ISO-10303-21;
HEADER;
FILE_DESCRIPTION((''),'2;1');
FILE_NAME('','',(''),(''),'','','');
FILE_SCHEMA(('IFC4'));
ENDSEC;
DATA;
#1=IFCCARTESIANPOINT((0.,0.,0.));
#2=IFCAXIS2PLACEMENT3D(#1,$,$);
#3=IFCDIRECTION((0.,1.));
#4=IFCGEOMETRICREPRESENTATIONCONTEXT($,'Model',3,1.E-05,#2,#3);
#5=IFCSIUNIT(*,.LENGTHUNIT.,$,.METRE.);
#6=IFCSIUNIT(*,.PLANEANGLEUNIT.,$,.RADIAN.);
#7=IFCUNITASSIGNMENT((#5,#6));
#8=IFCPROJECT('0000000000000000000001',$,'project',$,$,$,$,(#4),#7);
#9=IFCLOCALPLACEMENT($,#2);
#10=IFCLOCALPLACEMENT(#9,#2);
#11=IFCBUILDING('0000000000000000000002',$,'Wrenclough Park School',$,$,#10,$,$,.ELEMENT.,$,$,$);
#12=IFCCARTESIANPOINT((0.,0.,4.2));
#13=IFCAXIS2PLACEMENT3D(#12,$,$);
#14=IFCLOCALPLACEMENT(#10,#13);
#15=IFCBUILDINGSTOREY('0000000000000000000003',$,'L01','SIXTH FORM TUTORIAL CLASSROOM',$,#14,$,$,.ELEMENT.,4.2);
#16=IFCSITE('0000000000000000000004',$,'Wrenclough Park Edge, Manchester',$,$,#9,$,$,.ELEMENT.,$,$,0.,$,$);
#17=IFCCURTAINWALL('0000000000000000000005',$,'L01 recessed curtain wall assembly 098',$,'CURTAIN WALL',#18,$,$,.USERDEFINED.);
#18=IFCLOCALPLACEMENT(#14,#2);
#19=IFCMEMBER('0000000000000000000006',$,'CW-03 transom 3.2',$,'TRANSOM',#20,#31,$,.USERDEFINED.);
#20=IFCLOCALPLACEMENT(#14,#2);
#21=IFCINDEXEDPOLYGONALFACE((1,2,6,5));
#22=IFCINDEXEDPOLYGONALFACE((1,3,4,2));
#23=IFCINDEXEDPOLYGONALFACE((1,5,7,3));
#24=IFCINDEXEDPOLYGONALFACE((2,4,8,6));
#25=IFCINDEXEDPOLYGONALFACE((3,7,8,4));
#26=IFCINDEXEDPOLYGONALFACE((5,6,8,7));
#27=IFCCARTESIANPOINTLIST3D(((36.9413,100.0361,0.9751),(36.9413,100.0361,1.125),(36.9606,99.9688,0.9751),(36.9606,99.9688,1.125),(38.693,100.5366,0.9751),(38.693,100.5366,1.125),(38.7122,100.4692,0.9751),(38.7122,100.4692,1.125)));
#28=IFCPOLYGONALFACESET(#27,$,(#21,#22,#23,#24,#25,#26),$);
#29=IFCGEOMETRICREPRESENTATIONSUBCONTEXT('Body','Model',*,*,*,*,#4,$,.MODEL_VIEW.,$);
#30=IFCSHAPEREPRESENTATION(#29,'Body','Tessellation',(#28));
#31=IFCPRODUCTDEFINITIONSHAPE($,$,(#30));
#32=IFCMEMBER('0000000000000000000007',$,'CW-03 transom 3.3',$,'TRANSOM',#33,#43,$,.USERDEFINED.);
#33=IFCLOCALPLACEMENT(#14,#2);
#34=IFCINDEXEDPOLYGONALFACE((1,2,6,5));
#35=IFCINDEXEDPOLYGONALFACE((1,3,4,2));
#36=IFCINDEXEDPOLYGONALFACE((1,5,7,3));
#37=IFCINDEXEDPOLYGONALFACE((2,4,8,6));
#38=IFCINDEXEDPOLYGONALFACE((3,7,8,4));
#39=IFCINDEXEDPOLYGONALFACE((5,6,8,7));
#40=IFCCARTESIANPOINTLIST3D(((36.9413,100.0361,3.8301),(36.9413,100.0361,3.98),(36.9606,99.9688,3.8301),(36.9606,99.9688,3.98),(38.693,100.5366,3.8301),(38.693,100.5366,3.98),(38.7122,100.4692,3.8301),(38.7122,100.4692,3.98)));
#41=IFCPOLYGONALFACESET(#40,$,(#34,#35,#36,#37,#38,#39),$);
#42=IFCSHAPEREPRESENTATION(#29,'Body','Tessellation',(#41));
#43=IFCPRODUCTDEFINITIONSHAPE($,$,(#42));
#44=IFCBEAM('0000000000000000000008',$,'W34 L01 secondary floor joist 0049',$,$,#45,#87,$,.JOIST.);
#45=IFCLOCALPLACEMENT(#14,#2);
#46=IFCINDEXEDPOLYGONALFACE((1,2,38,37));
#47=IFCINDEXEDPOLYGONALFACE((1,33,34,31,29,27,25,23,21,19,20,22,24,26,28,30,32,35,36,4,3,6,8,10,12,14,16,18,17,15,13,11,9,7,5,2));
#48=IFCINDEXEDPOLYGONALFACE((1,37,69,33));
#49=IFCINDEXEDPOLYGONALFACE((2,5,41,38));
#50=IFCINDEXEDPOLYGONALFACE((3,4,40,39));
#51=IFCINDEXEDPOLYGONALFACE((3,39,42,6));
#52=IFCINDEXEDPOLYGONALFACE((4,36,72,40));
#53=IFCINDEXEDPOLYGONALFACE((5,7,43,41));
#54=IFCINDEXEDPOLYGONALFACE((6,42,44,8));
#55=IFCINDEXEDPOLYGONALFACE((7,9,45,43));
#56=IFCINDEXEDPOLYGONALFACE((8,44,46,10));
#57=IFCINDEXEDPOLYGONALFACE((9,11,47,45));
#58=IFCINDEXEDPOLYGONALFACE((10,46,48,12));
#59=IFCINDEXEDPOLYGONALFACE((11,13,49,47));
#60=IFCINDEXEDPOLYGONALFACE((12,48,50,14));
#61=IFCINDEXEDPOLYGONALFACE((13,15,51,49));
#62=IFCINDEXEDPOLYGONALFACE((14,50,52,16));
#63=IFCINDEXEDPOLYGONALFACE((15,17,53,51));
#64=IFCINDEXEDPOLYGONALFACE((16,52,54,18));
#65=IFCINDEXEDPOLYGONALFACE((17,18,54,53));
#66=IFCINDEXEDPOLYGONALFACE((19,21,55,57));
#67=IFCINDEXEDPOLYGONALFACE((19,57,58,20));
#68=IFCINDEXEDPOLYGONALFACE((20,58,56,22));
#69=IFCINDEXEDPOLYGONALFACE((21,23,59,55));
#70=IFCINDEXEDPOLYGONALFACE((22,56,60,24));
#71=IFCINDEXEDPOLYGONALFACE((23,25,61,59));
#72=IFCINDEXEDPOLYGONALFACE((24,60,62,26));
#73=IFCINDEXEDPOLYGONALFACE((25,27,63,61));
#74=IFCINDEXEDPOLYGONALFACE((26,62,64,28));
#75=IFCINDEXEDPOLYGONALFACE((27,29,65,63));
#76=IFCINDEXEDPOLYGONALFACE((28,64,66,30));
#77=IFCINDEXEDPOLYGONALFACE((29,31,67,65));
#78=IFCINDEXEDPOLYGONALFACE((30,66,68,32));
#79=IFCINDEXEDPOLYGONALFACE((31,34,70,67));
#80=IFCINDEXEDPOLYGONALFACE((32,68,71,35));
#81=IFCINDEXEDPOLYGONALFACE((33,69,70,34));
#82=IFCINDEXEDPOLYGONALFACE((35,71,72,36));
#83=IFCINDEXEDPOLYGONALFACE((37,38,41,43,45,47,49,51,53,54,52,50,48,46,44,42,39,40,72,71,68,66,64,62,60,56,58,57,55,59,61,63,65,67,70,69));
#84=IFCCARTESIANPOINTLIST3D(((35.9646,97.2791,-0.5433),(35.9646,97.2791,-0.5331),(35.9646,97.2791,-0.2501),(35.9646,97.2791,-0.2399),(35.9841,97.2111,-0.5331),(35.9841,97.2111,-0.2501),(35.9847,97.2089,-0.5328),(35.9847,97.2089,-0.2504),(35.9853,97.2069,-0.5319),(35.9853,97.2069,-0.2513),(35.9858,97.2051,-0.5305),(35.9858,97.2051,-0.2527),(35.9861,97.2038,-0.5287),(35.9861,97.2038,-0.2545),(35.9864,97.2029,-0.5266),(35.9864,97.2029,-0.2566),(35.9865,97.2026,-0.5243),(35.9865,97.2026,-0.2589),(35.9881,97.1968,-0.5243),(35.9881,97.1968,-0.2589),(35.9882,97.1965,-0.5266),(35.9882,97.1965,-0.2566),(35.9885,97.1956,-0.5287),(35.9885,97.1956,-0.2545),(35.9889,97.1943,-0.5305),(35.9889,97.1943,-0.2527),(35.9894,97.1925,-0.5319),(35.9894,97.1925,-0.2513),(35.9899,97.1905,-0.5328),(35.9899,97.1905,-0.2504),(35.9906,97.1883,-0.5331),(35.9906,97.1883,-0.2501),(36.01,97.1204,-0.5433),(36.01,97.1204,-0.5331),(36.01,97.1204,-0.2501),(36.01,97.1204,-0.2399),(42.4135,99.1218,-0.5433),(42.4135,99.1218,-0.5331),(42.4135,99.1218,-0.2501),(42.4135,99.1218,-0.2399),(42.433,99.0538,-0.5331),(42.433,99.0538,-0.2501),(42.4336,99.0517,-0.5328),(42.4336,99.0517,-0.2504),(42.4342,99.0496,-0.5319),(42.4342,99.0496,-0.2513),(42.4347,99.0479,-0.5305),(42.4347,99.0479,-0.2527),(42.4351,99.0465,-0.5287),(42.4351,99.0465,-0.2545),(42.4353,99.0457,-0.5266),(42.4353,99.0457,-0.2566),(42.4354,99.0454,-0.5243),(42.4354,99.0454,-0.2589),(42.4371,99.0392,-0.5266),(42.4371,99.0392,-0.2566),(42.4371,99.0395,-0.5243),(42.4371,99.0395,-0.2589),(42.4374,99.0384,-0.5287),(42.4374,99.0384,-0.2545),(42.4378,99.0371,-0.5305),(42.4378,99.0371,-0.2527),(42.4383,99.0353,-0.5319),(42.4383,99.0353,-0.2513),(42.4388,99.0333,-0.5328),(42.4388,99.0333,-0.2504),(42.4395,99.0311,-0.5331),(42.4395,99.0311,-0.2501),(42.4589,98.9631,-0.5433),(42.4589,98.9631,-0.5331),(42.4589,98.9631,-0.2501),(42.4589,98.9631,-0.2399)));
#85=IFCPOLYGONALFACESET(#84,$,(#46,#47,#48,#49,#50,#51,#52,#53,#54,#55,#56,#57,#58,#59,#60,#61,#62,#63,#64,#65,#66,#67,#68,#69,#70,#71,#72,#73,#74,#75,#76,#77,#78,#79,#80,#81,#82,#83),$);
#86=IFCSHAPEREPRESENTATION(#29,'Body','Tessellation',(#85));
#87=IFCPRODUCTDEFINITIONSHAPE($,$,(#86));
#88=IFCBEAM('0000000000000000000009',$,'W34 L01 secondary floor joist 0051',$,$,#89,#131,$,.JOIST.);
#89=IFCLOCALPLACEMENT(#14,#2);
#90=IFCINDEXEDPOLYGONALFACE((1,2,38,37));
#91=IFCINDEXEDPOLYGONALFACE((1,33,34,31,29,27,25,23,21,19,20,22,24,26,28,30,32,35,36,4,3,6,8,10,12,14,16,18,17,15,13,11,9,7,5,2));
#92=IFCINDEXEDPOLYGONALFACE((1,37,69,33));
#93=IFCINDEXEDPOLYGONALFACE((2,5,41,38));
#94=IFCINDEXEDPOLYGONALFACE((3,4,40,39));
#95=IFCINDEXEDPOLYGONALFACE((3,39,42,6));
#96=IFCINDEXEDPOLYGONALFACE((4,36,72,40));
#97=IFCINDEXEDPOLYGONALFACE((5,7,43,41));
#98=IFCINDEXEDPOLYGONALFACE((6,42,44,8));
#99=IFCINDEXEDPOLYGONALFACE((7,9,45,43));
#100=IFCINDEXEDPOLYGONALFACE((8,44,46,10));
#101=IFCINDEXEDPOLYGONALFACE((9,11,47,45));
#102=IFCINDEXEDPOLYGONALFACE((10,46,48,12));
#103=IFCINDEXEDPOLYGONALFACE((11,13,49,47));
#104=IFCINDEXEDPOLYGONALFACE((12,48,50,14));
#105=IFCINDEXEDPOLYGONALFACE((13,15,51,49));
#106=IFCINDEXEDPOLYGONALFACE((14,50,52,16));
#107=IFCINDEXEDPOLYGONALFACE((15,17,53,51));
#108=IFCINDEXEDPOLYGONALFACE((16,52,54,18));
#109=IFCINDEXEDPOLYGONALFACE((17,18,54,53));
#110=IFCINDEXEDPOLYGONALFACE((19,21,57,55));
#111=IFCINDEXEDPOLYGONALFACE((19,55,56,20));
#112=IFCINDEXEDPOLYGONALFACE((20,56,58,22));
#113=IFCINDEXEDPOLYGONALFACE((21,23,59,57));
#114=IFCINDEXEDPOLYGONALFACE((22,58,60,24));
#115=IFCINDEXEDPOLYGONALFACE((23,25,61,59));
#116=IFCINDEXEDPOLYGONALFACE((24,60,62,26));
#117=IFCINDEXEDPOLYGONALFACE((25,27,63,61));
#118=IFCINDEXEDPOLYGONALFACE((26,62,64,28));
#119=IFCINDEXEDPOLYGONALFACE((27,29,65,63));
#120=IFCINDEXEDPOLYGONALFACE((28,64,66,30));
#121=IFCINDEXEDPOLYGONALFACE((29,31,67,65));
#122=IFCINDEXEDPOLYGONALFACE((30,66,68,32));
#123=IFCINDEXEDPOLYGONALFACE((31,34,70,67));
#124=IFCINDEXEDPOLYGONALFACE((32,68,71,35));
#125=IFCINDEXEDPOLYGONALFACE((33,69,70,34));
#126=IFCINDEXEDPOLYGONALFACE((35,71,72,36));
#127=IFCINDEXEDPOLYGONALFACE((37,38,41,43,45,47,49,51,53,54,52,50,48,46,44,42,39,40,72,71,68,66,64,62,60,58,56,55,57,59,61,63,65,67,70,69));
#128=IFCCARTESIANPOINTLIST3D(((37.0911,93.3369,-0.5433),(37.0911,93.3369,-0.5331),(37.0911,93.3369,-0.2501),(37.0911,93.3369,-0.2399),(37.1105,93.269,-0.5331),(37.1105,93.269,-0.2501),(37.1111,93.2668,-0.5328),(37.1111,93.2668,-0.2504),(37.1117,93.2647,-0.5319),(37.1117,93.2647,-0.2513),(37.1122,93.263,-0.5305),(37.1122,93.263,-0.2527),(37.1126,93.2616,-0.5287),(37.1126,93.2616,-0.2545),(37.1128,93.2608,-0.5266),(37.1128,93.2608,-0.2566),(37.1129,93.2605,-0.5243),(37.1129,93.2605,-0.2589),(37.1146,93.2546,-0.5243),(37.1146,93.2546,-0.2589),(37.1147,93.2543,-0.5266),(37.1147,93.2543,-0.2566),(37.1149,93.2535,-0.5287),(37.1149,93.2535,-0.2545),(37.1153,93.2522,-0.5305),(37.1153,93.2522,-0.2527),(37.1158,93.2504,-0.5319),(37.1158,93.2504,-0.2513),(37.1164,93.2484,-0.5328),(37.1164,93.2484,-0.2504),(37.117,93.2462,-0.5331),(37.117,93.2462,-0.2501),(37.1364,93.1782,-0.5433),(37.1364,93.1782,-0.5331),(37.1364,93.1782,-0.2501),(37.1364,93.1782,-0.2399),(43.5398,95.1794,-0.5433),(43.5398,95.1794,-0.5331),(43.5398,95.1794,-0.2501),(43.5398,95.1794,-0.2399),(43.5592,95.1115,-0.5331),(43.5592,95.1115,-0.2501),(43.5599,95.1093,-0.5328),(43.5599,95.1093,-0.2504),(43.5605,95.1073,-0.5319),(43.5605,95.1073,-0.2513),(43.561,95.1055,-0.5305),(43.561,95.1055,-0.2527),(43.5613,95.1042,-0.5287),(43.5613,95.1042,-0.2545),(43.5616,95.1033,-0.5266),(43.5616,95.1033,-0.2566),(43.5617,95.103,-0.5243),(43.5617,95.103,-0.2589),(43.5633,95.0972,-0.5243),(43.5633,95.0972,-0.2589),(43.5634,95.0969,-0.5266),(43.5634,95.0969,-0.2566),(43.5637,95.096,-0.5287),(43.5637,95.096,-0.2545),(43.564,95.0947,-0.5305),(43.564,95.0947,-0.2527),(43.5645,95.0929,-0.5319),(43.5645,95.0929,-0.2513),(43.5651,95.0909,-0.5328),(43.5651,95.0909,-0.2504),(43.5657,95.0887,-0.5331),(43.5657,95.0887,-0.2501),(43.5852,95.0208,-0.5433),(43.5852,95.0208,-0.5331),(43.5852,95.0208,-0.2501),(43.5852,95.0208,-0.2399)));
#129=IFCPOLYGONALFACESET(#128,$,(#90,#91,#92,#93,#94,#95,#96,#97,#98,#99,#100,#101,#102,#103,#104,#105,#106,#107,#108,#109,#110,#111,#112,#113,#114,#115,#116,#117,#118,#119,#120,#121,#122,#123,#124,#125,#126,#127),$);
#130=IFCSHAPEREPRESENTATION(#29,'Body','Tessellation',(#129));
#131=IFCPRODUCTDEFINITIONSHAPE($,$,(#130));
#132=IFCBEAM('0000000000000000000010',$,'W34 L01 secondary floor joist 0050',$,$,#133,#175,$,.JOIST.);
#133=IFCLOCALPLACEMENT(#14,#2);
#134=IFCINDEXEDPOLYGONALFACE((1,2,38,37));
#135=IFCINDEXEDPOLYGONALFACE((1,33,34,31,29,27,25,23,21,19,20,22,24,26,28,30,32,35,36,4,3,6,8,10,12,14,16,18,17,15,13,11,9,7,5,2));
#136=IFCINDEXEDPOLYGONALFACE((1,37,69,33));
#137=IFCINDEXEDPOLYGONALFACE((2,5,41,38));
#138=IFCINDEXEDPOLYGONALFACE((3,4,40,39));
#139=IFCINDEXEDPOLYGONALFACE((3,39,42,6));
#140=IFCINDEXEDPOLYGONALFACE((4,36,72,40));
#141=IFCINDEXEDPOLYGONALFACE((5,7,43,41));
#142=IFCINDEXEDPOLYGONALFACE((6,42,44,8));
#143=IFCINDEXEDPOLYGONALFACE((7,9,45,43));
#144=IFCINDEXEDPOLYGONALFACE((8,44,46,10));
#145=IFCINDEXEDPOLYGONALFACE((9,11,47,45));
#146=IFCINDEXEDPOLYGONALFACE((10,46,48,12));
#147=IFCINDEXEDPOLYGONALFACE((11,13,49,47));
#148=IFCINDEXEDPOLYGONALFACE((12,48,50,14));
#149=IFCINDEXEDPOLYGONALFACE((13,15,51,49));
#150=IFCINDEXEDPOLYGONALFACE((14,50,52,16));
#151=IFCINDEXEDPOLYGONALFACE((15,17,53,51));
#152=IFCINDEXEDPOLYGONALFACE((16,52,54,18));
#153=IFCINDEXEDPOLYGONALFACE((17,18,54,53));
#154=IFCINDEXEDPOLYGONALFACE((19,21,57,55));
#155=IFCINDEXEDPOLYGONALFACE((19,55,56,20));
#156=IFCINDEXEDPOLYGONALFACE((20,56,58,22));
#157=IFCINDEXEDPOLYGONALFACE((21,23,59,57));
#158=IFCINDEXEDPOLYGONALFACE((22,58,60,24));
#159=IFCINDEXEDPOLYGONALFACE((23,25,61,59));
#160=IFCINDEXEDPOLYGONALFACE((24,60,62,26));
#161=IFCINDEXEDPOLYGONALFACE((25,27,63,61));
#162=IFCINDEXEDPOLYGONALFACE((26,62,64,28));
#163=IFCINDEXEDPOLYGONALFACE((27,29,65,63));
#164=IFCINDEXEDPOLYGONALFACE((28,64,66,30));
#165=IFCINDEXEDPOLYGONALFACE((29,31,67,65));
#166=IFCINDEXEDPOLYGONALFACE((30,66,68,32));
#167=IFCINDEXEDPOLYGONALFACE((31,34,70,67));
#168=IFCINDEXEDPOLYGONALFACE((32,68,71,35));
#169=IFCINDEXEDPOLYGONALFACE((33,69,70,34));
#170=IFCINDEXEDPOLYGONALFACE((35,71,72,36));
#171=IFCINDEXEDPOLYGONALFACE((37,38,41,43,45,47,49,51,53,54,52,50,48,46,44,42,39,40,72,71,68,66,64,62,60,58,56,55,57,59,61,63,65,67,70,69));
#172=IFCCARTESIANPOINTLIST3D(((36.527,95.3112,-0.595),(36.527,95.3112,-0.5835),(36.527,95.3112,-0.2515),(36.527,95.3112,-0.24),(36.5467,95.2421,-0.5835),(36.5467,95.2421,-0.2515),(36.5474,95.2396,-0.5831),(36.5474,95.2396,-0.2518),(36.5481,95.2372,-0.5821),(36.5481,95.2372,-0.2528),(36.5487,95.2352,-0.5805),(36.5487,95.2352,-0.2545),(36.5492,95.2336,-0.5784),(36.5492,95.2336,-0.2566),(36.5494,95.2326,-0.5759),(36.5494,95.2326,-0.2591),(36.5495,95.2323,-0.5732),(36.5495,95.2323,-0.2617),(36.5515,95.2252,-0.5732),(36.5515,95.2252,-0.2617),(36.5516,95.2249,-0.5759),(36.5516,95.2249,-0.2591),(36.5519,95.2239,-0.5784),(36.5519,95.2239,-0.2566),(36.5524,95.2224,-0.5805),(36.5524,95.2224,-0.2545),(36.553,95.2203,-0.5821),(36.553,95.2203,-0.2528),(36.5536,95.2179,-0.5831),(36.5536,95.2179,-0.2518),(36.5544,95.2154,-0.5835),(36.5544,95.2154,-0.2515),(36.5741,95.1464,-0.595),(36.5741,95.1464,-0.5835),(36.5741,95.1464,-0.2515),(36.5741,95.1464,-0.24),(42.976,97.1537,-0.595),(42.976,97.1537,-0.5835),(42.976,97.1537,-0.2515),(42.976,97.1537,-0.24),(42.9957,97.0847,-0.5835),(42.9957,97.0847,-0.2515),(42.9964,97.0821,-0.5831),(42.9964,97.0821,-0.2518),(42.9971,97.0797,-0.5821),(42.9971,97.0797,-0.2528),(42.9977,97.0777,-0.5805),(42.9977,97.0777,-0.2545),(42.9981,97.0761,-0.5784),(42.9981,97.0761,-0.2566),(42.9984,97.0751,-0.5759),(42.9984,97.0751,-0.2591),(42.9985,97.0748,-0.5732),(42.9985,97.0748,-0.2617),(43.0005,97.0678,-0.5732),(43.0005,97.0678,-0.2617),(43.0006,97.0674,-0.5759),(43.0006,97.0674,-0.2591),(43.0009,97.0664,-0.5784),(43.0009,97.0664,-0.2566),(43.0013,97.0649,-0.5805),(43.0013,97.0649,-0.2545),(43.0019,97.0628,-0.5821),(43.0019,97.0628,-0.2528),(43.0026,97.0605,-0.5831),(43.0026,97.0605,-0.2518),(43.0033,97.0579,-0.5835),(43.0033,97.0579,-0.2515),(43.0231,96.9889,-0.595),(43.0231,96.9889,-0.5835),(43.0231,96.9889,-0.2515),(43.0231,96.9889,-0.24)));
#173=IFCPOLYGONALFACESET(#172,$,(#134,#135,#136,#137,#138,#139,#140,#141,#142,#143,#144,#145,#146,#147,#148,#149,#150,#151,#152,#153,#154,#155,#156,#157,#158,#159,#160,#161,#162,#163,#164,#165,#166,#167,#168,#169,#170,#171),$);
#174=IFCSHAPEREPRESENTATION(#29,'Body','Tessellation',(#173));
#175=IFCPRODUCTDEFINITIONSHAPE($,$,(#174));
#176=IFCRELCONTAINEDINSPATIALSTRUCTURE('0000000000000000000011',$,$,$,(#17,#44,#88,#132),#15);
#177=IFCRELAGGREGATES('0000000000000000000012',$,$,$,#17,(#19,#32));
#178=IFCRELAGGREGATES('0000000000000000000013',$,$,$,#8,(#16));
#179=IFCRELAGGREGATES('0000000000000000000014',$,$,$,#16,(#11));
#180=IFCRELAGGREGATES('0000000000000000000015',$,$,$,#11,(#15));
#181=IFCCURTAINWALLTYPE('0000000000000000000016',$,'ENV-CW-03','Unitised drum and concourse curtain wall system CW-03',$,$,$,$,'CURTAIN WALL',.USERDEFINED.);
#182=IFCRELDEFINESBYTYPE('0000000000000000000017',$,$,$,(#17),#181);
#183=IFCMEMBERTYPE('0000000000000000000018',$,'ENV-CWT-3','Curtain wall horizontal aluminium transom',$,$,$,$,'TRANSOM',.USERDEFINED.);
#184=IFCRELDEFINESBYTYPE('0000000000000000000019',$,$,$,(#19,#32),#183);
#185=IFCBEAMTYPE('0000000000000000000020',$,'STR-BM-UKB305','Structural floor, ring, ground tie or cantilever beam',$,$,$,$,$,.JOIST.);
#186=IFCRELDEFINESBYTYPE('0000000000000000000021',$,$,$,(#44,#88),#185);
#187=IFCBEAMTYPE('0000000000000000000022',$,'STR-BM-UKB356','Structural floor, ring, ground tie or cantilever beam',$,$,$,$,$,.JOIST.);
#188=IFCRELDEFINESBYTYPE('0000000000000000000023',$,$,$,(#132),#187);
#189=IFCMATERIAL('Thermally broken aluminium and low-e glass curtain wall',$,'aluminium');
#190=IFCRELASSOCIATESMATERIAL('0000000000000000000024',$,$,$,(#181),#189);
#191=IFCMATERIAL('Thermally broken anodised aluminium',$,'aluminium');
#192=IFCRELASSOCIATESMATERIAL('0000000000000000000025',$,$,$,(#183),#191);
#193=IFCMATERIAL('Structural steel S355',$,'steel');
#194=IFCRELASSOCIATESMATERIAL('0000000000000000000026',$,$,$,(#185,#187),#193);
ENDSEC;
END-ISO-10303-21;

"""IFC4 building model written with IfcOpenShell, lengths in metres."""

from ifc_helpers import new_model, si_unit, direction, frame, origin, origin_2d, place, context, subcontext, project, spatial, rectangle, i_section, extrude, material, material_profile, profile_set, type_object, element, aggregate, save


model = new_model("IFC4")

# Units and contexts
model_context = context("Model", 3, precision=1e-05, world=origin(), true_north=direction((0.0, 1.0)))
body_context = subcontext(model_context, "Body", "Model", "MODEL_VIEW")
ifc_project = project(units=[si_unit("LENGTHUNIT", "METRE"), si_unit("PLANEANGLEUNIT", "RADIAN")], contexts=[model_context])

# Site, building, storey
site_placement = place(None, origin())
site = spatial("IfcSite", under=ifc_project, at=site_placement, Name="Wrenclough Park Edge, Manchester", CompositionType="ELEMENT", RefElevation=0.0)
building_placement = place(site_placement, origin())
building = spatial("IfcBuilding", under=site, at=building_placement, Name="Wrenclough Park School", CompositionType="ELEMENT")
storey_placement = place(building_placement, frame((0.0, 0.0, 4.2)))
storey = spatial("IfcBuildingStorey", under=building, at=storey_placement, Name="L01", Description="SIXTH FORM TUTORIAL CLASSROOM", CompositionType="ELEMENT", Elevation=4.2)

# Shared definitions
ifc_material_1 = material(Name="Structural steel S355", Category="steel")

# Curtain wall, members
ifc_material_2 = material(Name="Thermally broken aluminium and low-e glass curtain wall", Category="aluminium")
curtain_wall_type = type_object("IfcCurtainWallType", Name="ENV-CW-03", Description="Unitised drum and concourse curtain wall system CW-03", ElementType="CURTAIN WALL", PredefinedType="USERDEFINED", material=ifc_material_2)
curtain_wall_placement = place(storey_placement, origin())
curtain_wall = element("IfcCurtainWall", 1, at=curtain_wall_placement, inside=storey, type_object=curtain_wall_type, Name="L01 recessed curtain wall assembly 098", ObjectType="CURTAIN WALL", PredefinedType="USERDEFINED")
ifc_material_3 = material(Name="Thermally broken anodised aluminium", Category="aluminium")
ifc_material_profile_1 = material_profile(ifc_material_3, rectangle(XDim=0.0701, YDim=0.1499, at=origin_2d()), Name="AL TRANSOM 70x150")
ifc_profile_set_1 = profile_set([ifc_material_profile_1], Name="Thermally broken anodised aluminium")
member_type_1 = type_object("IfcMemberType", Name="ENV-CWT-3", Description="Curtain wall horizontal aluminium transom", ElementType="TRANSOM", PredefinedType="USERDEFINED", material=ifc_profile_set_1)
member_1_placement = place(storey_placement, frame((36.9509, 100.0024, 1.05), z_axis=(0.961524, 0.274721, 0.0), x_axis=(-0.274721, 0.961524, 0.0)))
member_1 = element("IfcMember", 2, at=member_1_placement, type_object=member_type_1, Name="CW-03 transom 3.2", ObjectType="TRANSOM", PredefinedType="USERDEFINED", context=body_context, shape_type="SweptSolid", body=[
    extrude(rectangle(XDim=0.0701, YDim=0.1499, at=origin_2d()), origin(), (0.0, 0.0, 1.0), 1.8218),
])
member_2_placement = place(storey_placement, frame((36.9509, 100.0024, 3.905), z_axis=(0.961524, 0.274721, 0.0), x_axis=(-0.274721, 0.961524, 0.0)))
member_2 = element("IfcMember", 3, at=member_2_placement, type_object=member_type_1, Name="CW-03 transom 3.3", ObjectType="TRANSOM", PredefinedType="USERDEFINED", context=body_context, shape_type="SweptSolid", body=[
    extrude(rectangle(XDim=0.0701, YDim=0.1499, at=origin_2d()), origin(), (0.0, 0.0, 1.0), 1.8218),
])

# Beams
ifc_material_profile_2 = material_profile(ifc_material_1, i_section(OverallWidth=0.165, OverallDepth=0.3035, WebThickness=0.0061, FlangeThickness=0.0103, FilletRadius=0.0088, at=origin_2d()), Name="UKB 305x165x40")
ifc_profile_set_2 = profile_set([ifc_material_profile_2], Name="Structural steel S355")
beam_type_1 = type_object("IfcBeamType", Name="STR-BM-UKB305", Description="Structural floor, ring, ground tie or cantilever beam", PredefinedType="JOIST", material=ifc_profile_set_2)
beam_1_placement = place(storey_placement, frame((35.9873, 97.1997, -0.3916), z_axis=(0.961516, 0.27475, 0.0), x_axis=(-0.27475, 0.961516, 0.0)))
element("IfcBeam", 4, at=beam_1_placement, inside=storey, type_object=beam_type_1, Name="W34 L01 secondary floor joist 0049", PredefinedType="JOIST", context=body_context, shape_type="SweptSolid", body=[
    extrude(i_section(OverallWidth=0.165, OverallDepth=0.3035, WebThickness=0.0061, FlangeThickness=0.0103, FilletRadius=0.0088, at=origin_2d()), origin(), (0.0, 0.0, 1.0), 6.707),
])
beam_2_placement = place(storey_placement, frame((37.1138, 93.2576, -0.3916), z_axis=(0.961523, 0.274726, 0.0), x_axis=(-0.274726, 0.961523, 0.0)))
element("IfcBeam", 5, at=beam_2_placement, inside=storey, type_object=beam_type_1, Name="W34 L01 secondary floor joist 0051", PredefinedType="JOIST", context=body_context, shape_type="SweptSolid", body=[
    extrude(i_section(OverallWidth=0.165, OverallDepth=0.3035, WebThickness=0.0061, FlangeThickness=0.0103, FilletRadius=0.0088, at=origin_2d()), origin(), (0.0, 0.0, 1.0), 6.7068),
])
ifc_material_profile_3 = material_profile(ifc_material_1, i_section(OverallWidth=0.1714, OverallDepth=0.355, WebThickness=0.0073, FlangeThickness=0.0115, FilletRadius=0.0103, at=origin_2d()), Name="UKB 356x171x51")
ifc_profile_set_3 = profile_set([ifc_material_profile_3], Name="Structural steel S355")
beam_type_2 = type_object("IfcBeamType", Name="STR-BM-UKB356", Description="Structural floor, ring, ground tie or cantilever beam", PredefinedType="JOIST", material=ifc_profile_set_3)
beam_3_placement = place(storey_placement, frame((36.5505, 95.2288, -0.4175), z_axis=(0.961525, 0.274716, 0.0), x_axis=(-0.274716, 0.961525, 0.0)))
element("IfcBeam", 6, at=beam_3_placement, inside=storey, type_object=beam_type_2, Name="W34 L01 secondary floor joist 0050", PredefinedType="JOIST", context=body_context, shape_type="SweptSolid", body=[
    extrude(i_section(OverallWidth=0.1714, OverallDepth=0.355, WebThickness=0.0073, FlangeThickness=0.0115, FilletRadius=0.0103, at=origin_2d()), origin(), (0.0, 0.0, 1.0), 6.707),
])

aggregate(curtain_wall, [member_1, member_2])

save(model, "model.ifc")
